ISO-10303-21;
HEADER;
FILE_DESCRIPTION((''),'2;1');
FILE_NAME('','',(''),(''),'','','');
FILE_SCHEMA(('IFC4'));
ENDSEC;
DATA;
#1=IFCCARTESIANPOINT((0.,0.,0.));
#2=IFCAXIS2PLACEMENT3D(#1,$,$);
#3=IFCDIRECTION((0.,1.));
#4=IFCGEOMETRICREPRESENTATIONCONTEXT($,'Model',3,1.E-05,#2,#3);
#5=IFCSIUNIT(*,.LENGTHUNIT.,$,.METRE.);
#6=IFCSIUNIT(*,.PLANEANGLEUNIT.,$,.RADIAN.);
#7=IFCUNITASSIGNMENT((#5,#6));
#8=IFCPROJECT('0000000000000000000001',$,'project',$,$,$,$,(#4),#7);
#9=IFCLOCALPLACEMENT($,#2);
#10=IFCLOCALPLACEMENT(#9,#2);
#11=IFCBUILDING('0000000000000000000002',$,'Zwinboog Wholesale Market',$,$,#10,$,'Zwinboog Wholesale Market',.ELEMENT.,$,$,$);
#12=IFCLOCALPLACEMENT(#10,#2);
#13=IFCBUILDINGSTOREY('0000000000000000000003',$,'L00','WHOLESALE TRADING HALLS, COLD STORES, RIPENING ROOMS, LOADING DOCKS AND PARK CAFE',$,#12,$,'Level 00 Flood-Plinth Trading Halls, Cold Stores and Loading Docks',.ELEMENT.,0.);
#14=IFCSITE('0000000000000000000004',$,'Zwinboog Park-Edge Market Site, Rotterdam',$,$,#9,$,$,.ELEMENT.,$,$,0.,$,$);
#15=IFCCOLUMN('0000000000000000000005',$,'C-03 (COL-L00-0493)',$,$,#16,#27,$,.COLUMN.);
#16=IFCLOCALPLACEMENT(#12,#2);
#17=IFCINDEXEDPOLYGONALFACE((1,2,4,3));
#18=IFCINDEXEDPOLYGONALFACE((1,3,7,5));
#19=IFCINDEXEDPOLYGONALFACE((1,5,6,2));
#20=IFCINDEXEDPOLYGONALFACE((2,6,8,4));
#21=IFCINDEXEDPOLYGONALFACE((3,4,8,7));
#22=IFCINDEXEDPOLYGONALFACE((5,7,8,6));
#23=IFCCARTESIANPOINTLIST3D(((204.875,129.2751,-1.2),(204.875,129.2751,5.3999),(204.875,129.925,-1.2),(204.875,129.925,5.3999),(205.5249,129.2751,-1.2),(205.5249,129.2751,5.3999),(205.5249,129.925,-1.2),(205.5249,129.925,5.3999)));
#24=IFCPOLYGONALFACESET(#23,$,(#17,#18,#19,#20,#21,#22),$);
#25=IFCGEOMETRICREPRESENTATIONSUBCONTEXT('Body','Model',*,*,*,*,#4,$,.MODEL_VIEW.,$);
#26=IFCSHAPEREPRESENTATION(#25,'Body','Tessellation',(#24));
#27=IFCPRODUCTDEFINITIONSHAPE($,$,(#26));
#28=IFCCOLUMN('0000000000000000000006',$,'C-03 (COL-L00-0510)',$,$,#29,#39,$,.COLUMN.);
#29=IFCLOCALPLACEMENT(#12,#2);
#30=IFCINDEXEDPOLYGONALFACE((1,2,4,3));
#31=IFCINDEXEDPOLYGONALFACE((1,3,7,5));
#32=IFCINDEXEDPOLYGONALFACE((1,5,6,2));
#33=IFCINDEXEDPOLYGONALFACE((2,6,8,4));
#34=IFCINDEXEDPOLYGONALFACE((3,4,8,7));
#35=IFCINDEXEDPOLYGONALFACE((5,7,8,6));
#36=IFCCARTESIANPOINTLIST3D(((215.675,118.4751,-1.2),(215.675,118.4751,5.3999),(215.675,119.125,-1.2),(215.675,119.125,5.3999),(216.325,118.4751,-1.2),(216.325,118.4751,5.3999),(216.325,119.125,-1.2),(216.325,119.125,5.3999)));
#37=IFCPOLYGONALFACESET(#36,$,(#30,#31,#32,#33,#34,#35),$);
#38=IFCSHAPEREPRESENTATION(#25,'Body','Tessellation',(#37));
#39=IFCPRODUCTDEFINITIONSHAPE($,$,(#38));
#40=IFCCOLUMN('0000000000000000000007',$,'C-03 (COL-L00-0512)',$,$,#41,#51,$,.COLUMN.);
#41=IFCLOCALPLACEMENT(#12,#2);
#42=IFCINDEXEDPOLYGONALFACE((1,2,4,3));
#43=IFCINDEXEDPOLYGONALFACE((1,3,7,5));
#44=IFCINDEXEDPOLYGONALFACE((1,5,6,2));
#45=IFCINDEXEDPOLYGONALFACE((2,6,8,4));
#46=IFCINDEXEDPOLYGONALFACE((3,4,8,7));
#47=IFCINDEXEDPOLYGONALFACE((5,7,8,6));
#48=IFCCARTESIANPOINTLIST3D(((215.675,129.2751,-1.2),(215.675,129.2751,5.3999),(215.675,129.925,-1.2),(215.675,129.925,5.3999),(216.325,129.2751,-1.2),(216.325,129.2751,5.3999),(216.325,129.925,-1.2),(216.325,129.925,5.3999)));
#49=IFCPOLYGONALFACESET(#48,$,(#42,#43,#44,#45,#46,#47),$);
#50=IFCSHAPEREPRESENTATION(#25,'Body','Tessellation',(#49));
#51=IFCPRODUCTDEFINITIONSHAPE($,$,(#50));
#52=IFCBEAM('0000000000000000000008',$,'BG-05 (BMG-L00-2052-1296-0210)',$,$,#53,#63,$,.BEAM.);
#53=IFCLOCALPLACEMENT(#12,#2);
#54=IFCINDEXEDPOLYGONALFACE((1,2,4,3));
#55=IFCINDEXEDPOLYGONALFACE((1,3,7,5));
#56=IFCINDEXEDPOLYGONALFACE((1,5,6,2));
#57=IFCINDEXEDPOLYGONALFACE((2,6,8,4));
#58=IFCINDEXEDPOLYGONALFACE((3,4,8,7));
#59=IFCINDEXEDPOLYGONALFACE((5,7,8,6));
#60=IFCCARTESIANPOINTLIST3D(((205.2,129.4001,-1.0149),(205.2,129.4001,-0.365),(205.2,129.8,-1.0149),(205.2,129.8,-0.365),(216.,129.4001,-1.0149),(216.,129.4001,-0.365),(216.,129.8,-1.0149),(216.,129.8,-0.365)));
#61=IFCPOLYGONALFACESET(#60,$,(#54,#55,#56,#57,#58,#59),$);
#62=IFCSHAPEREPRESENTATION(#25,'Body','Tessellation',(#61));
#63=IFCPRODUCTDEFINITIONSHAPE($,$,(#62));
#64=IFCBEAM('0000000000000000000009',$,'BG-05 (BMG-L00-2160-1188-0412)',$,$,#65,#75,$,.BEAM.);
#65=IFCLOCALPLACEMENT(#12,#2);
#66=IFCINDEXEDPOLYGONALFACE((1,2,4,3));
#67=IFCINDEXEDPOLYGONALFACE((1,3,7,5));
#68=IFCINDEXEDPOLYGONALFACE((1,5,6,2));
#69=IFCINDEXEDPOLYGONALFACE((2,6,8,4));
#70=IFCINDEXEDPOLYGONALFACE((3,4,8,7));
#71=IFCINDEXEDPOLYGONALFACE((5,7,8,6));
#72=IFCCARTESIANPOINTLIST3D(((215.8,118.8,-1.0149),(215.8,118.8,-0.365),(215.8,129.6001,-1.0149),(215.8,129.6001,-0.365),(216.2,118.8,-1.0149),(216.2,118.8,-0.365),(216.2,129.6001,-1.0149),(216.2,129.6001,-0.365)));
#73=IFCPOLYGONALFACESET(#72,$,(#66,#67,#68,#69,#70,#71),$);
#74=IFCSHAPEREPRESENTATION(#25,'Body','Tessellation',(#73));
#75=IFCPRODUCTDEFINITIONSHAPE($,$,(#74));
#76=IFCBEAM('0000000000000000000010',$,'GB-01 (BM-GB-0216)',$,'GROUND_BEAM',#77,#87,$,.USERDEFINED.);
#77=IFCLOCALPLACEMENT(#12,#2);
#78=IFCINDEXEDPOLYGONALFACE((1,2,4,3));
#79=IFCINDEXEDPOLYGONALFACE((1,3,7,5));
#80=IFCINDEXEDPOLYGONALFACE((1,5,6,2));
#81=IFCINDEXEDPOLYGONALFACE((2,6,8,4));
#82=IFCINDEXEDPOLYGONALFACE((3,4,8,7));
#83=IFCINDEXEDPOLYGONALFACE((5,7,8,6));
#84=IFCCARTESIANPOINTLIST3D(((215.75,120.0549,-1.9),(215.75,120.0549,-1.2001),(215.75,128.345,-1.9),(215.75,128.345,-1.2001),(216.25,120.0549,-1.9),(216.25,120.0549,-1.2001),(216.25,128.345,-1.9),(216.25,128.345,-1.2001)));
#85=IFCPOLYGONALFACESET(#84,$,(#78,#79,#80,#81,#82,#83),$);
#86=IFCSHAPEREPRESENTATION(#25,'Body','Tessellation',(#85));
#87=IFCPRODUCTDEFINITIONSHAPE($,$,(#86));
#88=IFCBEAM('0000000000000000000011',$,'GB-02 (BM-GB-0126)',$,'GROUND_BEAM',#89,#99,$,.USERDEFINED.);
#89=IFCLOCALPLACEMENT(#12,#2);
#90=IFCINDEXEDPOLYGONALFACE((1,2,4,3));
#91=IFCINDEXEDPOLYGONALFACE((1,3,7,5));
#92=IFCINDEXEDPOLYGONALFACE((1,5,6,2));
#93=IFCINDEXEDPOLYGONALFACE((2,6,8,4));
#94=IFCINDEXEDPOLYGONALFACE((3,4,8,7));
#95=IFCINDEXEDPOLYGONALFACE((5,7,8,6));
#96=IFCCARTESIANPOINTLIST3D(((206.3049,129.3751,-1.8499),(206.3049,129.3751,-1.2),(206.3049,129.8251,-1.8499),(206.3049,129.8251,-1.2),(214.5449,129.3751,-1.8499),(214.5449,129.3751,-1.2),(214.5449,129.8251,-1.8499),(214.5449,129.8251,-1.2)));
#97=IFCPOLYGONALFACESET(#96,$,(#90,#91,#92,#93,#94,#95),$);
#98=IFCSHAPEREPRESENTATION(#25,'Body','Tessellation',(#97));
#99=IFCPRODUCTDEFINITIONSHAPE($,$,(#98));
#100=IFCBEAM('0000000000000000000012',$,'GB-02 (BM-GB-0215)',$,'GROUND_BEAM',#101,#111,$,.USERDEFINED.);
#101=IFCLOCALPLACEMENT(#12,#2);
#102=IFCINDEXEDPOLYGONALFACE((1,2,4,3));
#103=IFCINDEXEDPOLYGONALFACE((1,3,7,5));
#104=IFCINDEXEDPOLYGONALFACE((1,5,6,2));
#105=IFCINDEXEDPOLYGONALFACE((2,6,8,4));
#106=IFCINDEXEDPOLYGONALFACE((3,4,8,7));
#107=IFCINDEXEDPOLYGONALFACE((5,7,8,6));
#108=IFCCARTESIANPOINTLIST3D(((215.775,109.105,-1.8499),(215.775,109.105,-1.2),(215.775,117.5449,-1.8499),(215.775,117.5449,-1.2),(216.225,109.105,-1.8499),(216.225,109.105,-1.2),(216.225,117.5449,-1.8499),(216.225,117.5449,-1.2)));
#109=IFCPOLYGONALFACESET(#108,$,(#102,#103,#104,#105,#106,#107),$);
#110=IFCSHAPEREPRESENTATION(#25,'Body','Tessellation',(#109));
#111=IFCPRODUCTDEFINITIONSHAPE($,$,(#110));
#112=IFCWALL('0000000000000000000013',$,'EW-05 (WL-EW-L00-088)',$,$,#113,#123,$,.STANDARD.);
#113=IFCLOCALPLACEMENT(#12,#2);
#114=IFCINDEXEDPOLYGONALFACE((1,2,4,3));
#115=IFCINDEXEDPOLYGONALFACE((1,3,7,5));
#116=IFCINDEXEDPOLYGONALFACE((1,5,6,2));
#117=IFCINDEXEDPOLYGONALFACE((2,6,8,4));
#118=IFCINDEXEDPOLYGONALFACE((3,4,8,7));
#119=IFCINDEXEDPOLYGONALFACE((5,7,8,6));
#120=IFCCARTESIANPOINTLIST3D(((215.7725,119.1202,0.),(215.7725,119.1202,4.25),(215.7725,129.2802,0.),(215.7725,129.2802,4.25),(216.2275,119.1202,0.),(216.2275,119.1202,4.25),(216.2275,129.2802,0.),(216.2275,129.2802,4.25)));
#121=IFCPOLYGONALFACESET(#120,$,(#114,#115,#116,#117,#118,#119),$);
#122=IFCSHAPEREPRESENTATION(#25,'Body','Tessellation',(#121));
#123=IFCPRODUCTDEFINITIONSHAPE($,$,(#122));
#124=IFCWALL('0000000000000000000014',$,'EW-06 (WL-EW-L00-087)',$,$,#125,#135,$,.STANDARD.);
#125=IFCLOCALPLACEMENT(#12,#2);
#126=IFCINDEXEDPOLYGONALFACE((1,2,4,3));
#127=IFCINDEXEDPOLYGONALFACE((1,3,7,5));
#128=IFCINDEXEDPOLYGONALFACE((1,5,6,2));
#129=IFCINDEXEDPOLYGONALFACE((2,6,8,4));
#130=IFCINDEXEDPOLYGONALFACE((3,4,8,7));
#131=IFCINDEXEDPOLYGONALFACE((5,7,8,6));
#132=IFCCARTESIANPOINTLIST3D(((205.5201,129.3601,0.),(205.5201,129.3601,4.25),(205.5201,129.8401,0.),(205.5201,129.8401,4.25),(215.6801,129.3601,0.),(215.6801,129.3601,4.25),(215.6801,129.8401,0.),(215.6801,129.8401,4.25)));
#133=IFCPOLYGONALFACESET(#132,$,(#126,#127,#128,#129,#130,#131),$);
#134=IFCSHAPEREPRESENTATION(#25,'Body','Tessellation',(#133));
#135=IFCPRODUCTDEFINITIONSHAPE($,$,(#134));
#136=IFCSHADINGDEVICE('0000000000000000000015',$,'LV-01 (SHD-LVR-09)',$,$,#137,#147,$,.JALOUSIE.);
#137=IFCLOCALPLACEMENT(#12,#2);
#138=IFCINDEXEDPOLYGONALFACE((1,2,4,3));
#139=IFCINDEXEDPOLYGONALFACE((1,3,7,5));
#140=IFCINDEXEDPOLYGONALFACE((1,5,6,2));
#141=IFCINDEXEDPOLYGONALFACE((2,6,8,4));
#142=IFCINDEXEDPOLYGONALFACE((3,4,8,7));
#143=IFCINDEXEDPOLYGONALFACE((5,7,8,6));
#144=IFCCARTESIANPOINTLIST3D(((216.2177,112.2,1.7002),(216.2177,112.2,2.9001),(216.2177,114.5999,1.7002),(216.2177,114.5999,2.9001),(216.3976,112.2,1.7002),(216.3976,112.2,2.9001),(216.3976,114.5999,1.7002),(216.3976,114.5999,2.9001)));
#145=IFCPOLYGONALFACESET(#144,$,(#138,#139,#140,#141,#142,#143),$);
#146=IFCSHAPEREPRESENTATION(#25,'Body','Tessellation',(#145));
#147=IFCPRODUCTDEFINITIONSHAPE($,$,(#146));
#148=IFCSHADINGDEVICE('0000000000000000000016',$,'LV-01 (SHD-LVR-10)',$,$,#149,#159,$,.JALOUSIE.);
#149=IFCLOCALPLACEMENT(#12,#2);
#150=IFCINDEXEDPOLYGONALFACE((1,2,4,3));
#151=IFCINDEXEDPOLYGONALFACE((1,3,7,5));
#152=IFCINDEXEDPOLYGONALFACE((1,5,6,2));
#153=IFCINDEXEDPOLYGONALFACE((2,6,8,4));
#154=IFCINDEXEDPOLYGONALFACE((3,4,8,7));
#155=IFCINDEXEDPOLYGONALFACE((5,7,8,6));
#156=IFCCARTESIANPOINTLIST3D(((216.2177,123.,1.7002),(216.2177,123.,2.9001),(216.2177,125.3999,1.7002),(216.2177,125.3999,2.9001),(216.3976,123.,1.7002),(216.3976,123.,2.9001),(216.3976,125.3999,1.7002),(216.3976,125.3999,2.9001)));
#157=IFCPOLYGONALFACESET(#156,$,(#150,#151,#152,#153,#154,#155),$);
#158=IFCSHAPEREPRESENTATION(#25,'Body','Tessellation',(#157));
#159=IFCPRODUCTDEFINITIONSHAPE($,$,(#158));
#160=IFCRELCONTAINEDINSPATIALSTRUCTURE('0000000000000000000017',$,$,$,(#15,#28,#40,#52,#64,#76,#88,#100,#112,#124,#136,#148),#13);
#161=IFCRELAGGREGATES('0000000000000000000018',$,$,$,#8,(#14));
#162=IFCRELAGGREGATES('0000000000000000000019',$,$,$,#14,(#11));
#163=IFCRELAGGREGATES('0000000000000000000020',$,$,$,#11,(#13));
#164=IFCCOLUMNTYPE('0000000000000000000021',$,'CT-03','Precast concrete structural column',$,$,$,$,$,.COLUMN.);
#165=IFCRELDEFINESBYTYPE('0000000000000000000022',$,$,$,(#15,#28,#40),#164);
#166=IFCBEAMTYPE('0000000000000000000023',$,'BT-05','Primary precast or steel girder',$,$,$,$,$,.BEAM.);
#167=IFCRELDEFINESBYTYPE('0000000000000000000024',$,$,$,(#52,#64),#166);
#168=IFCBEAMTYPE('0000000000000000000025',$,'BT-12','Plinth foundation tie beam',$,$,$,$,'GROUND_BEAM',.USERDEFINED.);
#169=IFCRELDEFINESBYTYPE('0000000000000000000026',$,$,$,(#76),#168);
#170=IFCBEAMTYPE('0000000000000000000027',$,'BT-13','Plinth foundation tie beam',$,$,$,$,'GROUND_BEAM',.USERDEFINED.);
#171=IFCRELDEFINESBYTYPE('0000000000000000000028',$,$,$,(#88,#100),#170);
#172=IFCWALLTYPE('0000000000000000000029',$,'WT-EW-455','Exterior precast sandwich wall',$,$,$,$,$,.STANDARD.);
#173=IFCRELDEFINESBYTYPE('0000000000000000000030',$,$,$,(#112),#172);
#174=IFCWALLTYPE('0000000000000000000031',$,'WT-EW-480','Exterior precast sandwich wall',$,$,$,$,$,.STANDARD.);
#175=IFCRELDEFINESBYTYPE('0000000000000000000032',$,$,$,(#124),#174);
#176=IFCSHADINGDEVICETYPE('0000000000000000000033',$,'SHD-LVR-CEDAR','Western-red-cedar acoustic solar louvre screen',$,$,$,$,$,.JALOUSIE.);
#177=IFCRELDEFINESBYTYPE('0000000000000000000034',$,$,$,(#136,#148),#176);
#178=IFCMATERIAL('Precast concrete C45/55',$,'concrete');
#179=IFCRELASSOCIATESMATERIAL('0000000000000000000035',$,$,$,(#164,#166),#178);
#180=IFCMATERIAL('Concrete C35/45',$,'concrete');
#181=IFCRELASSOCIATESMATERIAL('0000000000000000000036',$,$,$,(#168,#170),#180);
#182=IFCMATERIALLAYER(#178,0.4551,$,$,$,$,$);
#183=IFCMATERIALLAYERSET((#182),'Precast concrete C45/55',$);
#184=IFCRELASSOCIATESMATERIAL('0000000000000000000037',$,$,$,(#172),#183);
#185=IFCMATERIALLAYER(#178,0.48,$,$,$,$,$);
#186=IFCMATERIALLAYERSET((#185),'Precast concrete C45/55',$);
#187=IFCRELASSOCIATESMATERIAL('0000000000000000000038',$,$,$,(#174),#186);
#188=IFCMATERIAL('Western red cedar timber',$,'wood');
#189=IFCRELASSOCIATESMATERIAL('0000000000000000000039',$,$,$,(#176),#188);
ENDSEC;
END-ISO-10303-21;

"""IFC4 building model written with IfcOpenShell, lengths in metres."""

from ifc_helpers import new_model, si_unit, direction, frame, frame_2d, origin, origin_2d, place, context, subcontext, project, spatial, rectangle, extrude, material, layer, layer_set, material_profile, profile_set, type_object, element, save


model = new_model("IFC4")

# Units and contexts
model_context = context("Model", 3, precision=1e-05, world=origin(), true_north=direction((0.0, 1.0)))
body_context = subcontext(model_context, "Body", "Model", "MODEL_VIEW")
ifc_project = project(units=[si_unit("LENGTHUNIT", "METRE"), si_unit("PLANEANGLEUNIT", "RADIAN")], contexts=[model_context])

# Site, building, storey
site_placement = place(None, origin())
site = spatial("IfcSite", under=ifc_project, at=site_placement, Name="Zwinboog Park-Edge Market Site, Rotterdam", CompositionType="ELEMENT", RefElevation=0.0)
building_placement = place(site_placement, origin())
building = spatial("IfcBuilding", under=site, at=building_placement, Name="Zwinboog Wholesale Market", LongName="Zwinboog Wholesale Market", CompositionType="ELEMENT")
storey_placement = place(building_placement, origin())
storey = spatial("IfcBuildingStorey", under=building, at=storey_placement, Name="L00", Description="WHOLESALE TRADING HALLS, COLD STORES, RIPENING ROOMS, LOADING DOCKS AND PARK CAFE", LongName="Level 00 Flood-Plinth Trading Halls, Cold Stores and Loading Docks", CompositionType="ELEMENT", Elevation=0.0)

# Shared definitions
ifc_material_1 = material(Name="Concrete C35/45", Category="concrete")

# Columns
ifc_material_2 = material(Name="Precast concrete C45/55", Category="concrete")
ifc_material_profile_1 = material_profile(ifc_material_2, rectangle(XDim=0.6499, YDim=0.6499, at=origin_2d()), Name="PC 650x650")
ifc_profile_set_1 = profile_set([ifc_material_profile_1], Name="Precast concrete C45/55")
column_type = type_object("IfcColumnType", Name="CT-03", Description="Precast concrete structural column", PredefinedType="COLUMN", material=ifc_profile_set_1)
for number, where, z_axis, x_axis, name in (
    (1, (205.2, 129.6001, -1.2), (0.0, 0.0, 1.0), (1.0, 0.0, 0.0), "C-03 (COL-L00-0493)"),
    (2, (216.0, 118.8, -1.2), (0.0, 0.0, 1.0), (1.0, 0.0, 0.0), "C-03 (COL-L00-0510)"),
    (3, (216.0, 129.6001, -1.2), (0.0, 0.0, 1.0), (1.0, 0.0, 0.0), "C-03 (COL-L00-0512)"),
):
    element("IfcColumn", number, at=place(storey_placement, frame(where, z_axis=z_axis, x_axis=x_axis)), inside=storey, type_object=column_type, Name=name, PredefinedType="COLUMN", context=body_context, shape_type="SweptSolid", body=[
        extrude(rectangle(XDim=0.6499, YDim=0.6499, at=origin_2d()), origin(), (0.0, 0.0, 1.0), 6.5999),
    ])

# Beams
ifc_material_profile_2 = material_profile(ifc_material_2, rectangle(XDim=0.3999, YDim=0.6499, at=origin_2d()), Name="PC 400x650")
ifc_profile_set_2 = profile_set([ifc_material_profile_2], Name="Precast concrete C45/55")
beam_type_1 = type_object("IfcBeamType", Name="BT-05", Description="Primary precast or steel girder", PredefinedType="BEAM", material=ifc_profile_set_2)
for number, where, z_axis, x_axis, name in (
    (4, (205.2, 129.6001, -0.6899), (1.0, 0.0, 0.0), (0.0, 1.0, 0.0), "BG-05 (BMG-L00-2052-1296-0210)"),
    (5, (216.0, 118.8, -0.6899), (0.0, 1.0, 0.0), (-1.0, 0.0, 0.0), "BG-05 (BMG-L00-2160-1188-0412)"),
):
    element("IfcBeam", number, at=place(storey_placement, frame(where, z_axis=z_axis, x_axis=x_axis)), inside=storey, type_object=beam_type_1, Name=name, PredefinedType="BEAM", context=body_context, shape_type="SweptSolid", body=[
        extrude(rectangle(XDim=0.3999, YDim=0.6499, at=origin_2d()), origin(), (0.0, 0.0, 1.0), 10.8),
    ])
ifc_material_profile_3 = material_profile(ifc_material_1, rectangle(XDim=0.5, YDim=0.7, at=origin_2d()), Name="RC 500x700")
ifc_profile_set_3 = profile_set([ifc_material_profile_3], Name="Concrete C35/45")
beam_type_2 = type_object("IfcBeamType", Name="BT-12", Description="Plinth foundation tie beam", ElementType="GROUND_BEAM", PredefinedType="USERDEFINED", material=ifc_profile_set_3)
beam_1_placement = place(storey_placement, frame((216.0, 120.0549, -1.55), z_axis=(0.0, 1.0, 0.0), x_axis=(-1.0, 0.0, 0.0)))
element("IfcBeam", 6, at=beam_1_placement, inside=storey, type_object=beam_type_2, Name="GB-01 (BM-GB-0216)", ObjectType="GROUND_BEAM", PredefinedType="USERDEFINED", context=body_context, shape_type="SweptSolid", body=[
    extrude(rectangle(XDim=0.5, YDim=0.7, at=origin_2d()), origin(), (0.0, 0.0, 1.0), 8.29),
])
ifc_material_profile_4 = material_profile(ifc_material_1, rectangle(XDim=0.45, YDim=0.6499, at=origin_2d()), Name="RC 450x650")
ifc_profile_set_4 = profile_set([ifc_material_profile_4], Name="Concrete C35/45")
beam_type_3 = type_object("IfcBeamType", Name="BT-13", Description="Plinth foundation tie beam", ElementType="GROUND_BEAM", PredefinedType="USERDEFINED", material=ifc_profile_set_4)
beam_2_placement = place(storey_placement, frame((206.3049, 129.6001, -1.5249), z_axis=(1.0, 0.0, 0.0), x_axis=(0.0, 1.0, 0.0)))
element("IfcBeam", 7, at=beam_2_placement, inside=storey, type_object=beam_type_3, Name="GB-02 (BM-GB-0126)", ObjectType="GROUND_BEAM", PredefinedType="USERDEFINED", context=body_context, shape_type="SweptSolid", body=[
    extrude(rectangle(XDim=0.45, YDim=0.6499, at=origin_2d()), origin(), (0.0, 0.0, 1.0), 8.24),
])
beam_3_placement = place(storey_placement, frame((216.0, 109.105, -1.5249), z_axis=(0.0, 1.0, 0.0), x_axis=(-1.0, 0.0, 0.0)))
element("IfcBeam", 8, at=beam_3_placement, inside=storey, type_object=beam_type_3, Name="GB-02 (BM-GB-0215)", ObjectType="GROUND_BEAM", PredefinedType="USERDEFINED", context=body_context, shape_type="SweptSolid", body=[
    extrude(rectangle(XDim=0.45, YDim=0.6499, at=origin_2d()), origin(), (0.0, 0.0, 1.0), 8.4399),
])

# Walls
ifc_layer_1 = layer(ifc_material_2, 0.4551)
ifc_layer_set_1 = layer_set([ifc_layer_1], Name="Precast concrete C45/55")
wall_type_1 = type_object("IfcWallType", Name="WT-EW-455", Description="Exterior precast sandwich wall", PredefinedType="STANDARD", material=ifc_layer_set_1)
wall_1_placement = place(storey_placement, frame((216.0, 119.1201, 0.0), z_axis=(0.0, 0.0, 1.0), x_axis=(0.0, 1.0, 0.0)))
element("IfcWall", 9, at=wall_1_placement, inside=storey, type_object=wall_type_1, Name="EW-05 (WL-EW-L00-088)", PredefinedType="STANDARD", context=body_context, shape_type="SweptSolid", body=[
    extrude(rectangle(XDim=10.1599, YDim=0.4551, at=frame_2d((5.0801, 0.0))), origin(), (0.0, 0.0, 1.0), 4.25),
])
ifc_layer_2 = layer(ifc_material_2, 0.48)
ifc_layer_set_2 = layer_set([ifc_layer_2], Name="Precast concrete C45/55")
wall_type_2 = type_object("IfcWallType", Name="WT-EW-480", Description="Exterior precast sandwich wall", PredefinedType="STANDARD", material=ifc_layer_set_2)
wall_2_placement = place(storey_placement, frame((205.52, 129.6001, 0.0), z_axis=(0.0, 0.0, 1.0), x_axis=(1.0, 0.0, 0.0)))
element("IfcWall", 10, at=wall_2_placement, inside=storey, type_object=wall_type_2, Name="EW-06 (WL-EW-L00-087)", PredefinedType="STANDARD", context=body_context, shape_type="SweptSolid", body=[
    extrude(rectangle(XDim=10.1599, YDim=0.48, at=frame_2d((5.0801, 0.0))), origin(), (0.0, 0.0, 1.0), 4.25),
])

# Shading devices
ifc_material_3 = material(Name="Western red cedar timber", Category="wood")
shading_device_type = type_object("IfcShadingDeviceType", Name="SHD-LVR-CEDAR", Description="Western-red-cedar acoustic solar louvre screen", PredefinedType="JALOUSIE", material=ifc_material_3)
for number, where, z_axis, x_axis, name in (
    (11, (216.3076, 113.3999, 1.7002), (0.0, 0.0, 1.0), (0.0, 1.0, 0.0), "LV-01 (SHD-LVR-09)"),
    (12, (216.3076, 124.2, 1.7002), (0.0, 0.0, 1.0), (0.0, 1.0, 0.0), "LV-01 (SHD-LVR-10)"),
):
    element("IfcShadingDevice", number, at=place(storey_placement, frame(where, z_axis=z_axis, x_axis=x_axis)), inside=storey, type_object=shading_device_type, Name=name, PredefinedType="JALOUSIE", context=body_context, shape_type="SweptSolid", body=[
        extrude(rectangle(XDim=2.3999, YDim=0.1799, at=origin_2d()), origin(), (0.0, 0.0, 1.0), 1.2),
    ])

save(model, "model.ifc")
